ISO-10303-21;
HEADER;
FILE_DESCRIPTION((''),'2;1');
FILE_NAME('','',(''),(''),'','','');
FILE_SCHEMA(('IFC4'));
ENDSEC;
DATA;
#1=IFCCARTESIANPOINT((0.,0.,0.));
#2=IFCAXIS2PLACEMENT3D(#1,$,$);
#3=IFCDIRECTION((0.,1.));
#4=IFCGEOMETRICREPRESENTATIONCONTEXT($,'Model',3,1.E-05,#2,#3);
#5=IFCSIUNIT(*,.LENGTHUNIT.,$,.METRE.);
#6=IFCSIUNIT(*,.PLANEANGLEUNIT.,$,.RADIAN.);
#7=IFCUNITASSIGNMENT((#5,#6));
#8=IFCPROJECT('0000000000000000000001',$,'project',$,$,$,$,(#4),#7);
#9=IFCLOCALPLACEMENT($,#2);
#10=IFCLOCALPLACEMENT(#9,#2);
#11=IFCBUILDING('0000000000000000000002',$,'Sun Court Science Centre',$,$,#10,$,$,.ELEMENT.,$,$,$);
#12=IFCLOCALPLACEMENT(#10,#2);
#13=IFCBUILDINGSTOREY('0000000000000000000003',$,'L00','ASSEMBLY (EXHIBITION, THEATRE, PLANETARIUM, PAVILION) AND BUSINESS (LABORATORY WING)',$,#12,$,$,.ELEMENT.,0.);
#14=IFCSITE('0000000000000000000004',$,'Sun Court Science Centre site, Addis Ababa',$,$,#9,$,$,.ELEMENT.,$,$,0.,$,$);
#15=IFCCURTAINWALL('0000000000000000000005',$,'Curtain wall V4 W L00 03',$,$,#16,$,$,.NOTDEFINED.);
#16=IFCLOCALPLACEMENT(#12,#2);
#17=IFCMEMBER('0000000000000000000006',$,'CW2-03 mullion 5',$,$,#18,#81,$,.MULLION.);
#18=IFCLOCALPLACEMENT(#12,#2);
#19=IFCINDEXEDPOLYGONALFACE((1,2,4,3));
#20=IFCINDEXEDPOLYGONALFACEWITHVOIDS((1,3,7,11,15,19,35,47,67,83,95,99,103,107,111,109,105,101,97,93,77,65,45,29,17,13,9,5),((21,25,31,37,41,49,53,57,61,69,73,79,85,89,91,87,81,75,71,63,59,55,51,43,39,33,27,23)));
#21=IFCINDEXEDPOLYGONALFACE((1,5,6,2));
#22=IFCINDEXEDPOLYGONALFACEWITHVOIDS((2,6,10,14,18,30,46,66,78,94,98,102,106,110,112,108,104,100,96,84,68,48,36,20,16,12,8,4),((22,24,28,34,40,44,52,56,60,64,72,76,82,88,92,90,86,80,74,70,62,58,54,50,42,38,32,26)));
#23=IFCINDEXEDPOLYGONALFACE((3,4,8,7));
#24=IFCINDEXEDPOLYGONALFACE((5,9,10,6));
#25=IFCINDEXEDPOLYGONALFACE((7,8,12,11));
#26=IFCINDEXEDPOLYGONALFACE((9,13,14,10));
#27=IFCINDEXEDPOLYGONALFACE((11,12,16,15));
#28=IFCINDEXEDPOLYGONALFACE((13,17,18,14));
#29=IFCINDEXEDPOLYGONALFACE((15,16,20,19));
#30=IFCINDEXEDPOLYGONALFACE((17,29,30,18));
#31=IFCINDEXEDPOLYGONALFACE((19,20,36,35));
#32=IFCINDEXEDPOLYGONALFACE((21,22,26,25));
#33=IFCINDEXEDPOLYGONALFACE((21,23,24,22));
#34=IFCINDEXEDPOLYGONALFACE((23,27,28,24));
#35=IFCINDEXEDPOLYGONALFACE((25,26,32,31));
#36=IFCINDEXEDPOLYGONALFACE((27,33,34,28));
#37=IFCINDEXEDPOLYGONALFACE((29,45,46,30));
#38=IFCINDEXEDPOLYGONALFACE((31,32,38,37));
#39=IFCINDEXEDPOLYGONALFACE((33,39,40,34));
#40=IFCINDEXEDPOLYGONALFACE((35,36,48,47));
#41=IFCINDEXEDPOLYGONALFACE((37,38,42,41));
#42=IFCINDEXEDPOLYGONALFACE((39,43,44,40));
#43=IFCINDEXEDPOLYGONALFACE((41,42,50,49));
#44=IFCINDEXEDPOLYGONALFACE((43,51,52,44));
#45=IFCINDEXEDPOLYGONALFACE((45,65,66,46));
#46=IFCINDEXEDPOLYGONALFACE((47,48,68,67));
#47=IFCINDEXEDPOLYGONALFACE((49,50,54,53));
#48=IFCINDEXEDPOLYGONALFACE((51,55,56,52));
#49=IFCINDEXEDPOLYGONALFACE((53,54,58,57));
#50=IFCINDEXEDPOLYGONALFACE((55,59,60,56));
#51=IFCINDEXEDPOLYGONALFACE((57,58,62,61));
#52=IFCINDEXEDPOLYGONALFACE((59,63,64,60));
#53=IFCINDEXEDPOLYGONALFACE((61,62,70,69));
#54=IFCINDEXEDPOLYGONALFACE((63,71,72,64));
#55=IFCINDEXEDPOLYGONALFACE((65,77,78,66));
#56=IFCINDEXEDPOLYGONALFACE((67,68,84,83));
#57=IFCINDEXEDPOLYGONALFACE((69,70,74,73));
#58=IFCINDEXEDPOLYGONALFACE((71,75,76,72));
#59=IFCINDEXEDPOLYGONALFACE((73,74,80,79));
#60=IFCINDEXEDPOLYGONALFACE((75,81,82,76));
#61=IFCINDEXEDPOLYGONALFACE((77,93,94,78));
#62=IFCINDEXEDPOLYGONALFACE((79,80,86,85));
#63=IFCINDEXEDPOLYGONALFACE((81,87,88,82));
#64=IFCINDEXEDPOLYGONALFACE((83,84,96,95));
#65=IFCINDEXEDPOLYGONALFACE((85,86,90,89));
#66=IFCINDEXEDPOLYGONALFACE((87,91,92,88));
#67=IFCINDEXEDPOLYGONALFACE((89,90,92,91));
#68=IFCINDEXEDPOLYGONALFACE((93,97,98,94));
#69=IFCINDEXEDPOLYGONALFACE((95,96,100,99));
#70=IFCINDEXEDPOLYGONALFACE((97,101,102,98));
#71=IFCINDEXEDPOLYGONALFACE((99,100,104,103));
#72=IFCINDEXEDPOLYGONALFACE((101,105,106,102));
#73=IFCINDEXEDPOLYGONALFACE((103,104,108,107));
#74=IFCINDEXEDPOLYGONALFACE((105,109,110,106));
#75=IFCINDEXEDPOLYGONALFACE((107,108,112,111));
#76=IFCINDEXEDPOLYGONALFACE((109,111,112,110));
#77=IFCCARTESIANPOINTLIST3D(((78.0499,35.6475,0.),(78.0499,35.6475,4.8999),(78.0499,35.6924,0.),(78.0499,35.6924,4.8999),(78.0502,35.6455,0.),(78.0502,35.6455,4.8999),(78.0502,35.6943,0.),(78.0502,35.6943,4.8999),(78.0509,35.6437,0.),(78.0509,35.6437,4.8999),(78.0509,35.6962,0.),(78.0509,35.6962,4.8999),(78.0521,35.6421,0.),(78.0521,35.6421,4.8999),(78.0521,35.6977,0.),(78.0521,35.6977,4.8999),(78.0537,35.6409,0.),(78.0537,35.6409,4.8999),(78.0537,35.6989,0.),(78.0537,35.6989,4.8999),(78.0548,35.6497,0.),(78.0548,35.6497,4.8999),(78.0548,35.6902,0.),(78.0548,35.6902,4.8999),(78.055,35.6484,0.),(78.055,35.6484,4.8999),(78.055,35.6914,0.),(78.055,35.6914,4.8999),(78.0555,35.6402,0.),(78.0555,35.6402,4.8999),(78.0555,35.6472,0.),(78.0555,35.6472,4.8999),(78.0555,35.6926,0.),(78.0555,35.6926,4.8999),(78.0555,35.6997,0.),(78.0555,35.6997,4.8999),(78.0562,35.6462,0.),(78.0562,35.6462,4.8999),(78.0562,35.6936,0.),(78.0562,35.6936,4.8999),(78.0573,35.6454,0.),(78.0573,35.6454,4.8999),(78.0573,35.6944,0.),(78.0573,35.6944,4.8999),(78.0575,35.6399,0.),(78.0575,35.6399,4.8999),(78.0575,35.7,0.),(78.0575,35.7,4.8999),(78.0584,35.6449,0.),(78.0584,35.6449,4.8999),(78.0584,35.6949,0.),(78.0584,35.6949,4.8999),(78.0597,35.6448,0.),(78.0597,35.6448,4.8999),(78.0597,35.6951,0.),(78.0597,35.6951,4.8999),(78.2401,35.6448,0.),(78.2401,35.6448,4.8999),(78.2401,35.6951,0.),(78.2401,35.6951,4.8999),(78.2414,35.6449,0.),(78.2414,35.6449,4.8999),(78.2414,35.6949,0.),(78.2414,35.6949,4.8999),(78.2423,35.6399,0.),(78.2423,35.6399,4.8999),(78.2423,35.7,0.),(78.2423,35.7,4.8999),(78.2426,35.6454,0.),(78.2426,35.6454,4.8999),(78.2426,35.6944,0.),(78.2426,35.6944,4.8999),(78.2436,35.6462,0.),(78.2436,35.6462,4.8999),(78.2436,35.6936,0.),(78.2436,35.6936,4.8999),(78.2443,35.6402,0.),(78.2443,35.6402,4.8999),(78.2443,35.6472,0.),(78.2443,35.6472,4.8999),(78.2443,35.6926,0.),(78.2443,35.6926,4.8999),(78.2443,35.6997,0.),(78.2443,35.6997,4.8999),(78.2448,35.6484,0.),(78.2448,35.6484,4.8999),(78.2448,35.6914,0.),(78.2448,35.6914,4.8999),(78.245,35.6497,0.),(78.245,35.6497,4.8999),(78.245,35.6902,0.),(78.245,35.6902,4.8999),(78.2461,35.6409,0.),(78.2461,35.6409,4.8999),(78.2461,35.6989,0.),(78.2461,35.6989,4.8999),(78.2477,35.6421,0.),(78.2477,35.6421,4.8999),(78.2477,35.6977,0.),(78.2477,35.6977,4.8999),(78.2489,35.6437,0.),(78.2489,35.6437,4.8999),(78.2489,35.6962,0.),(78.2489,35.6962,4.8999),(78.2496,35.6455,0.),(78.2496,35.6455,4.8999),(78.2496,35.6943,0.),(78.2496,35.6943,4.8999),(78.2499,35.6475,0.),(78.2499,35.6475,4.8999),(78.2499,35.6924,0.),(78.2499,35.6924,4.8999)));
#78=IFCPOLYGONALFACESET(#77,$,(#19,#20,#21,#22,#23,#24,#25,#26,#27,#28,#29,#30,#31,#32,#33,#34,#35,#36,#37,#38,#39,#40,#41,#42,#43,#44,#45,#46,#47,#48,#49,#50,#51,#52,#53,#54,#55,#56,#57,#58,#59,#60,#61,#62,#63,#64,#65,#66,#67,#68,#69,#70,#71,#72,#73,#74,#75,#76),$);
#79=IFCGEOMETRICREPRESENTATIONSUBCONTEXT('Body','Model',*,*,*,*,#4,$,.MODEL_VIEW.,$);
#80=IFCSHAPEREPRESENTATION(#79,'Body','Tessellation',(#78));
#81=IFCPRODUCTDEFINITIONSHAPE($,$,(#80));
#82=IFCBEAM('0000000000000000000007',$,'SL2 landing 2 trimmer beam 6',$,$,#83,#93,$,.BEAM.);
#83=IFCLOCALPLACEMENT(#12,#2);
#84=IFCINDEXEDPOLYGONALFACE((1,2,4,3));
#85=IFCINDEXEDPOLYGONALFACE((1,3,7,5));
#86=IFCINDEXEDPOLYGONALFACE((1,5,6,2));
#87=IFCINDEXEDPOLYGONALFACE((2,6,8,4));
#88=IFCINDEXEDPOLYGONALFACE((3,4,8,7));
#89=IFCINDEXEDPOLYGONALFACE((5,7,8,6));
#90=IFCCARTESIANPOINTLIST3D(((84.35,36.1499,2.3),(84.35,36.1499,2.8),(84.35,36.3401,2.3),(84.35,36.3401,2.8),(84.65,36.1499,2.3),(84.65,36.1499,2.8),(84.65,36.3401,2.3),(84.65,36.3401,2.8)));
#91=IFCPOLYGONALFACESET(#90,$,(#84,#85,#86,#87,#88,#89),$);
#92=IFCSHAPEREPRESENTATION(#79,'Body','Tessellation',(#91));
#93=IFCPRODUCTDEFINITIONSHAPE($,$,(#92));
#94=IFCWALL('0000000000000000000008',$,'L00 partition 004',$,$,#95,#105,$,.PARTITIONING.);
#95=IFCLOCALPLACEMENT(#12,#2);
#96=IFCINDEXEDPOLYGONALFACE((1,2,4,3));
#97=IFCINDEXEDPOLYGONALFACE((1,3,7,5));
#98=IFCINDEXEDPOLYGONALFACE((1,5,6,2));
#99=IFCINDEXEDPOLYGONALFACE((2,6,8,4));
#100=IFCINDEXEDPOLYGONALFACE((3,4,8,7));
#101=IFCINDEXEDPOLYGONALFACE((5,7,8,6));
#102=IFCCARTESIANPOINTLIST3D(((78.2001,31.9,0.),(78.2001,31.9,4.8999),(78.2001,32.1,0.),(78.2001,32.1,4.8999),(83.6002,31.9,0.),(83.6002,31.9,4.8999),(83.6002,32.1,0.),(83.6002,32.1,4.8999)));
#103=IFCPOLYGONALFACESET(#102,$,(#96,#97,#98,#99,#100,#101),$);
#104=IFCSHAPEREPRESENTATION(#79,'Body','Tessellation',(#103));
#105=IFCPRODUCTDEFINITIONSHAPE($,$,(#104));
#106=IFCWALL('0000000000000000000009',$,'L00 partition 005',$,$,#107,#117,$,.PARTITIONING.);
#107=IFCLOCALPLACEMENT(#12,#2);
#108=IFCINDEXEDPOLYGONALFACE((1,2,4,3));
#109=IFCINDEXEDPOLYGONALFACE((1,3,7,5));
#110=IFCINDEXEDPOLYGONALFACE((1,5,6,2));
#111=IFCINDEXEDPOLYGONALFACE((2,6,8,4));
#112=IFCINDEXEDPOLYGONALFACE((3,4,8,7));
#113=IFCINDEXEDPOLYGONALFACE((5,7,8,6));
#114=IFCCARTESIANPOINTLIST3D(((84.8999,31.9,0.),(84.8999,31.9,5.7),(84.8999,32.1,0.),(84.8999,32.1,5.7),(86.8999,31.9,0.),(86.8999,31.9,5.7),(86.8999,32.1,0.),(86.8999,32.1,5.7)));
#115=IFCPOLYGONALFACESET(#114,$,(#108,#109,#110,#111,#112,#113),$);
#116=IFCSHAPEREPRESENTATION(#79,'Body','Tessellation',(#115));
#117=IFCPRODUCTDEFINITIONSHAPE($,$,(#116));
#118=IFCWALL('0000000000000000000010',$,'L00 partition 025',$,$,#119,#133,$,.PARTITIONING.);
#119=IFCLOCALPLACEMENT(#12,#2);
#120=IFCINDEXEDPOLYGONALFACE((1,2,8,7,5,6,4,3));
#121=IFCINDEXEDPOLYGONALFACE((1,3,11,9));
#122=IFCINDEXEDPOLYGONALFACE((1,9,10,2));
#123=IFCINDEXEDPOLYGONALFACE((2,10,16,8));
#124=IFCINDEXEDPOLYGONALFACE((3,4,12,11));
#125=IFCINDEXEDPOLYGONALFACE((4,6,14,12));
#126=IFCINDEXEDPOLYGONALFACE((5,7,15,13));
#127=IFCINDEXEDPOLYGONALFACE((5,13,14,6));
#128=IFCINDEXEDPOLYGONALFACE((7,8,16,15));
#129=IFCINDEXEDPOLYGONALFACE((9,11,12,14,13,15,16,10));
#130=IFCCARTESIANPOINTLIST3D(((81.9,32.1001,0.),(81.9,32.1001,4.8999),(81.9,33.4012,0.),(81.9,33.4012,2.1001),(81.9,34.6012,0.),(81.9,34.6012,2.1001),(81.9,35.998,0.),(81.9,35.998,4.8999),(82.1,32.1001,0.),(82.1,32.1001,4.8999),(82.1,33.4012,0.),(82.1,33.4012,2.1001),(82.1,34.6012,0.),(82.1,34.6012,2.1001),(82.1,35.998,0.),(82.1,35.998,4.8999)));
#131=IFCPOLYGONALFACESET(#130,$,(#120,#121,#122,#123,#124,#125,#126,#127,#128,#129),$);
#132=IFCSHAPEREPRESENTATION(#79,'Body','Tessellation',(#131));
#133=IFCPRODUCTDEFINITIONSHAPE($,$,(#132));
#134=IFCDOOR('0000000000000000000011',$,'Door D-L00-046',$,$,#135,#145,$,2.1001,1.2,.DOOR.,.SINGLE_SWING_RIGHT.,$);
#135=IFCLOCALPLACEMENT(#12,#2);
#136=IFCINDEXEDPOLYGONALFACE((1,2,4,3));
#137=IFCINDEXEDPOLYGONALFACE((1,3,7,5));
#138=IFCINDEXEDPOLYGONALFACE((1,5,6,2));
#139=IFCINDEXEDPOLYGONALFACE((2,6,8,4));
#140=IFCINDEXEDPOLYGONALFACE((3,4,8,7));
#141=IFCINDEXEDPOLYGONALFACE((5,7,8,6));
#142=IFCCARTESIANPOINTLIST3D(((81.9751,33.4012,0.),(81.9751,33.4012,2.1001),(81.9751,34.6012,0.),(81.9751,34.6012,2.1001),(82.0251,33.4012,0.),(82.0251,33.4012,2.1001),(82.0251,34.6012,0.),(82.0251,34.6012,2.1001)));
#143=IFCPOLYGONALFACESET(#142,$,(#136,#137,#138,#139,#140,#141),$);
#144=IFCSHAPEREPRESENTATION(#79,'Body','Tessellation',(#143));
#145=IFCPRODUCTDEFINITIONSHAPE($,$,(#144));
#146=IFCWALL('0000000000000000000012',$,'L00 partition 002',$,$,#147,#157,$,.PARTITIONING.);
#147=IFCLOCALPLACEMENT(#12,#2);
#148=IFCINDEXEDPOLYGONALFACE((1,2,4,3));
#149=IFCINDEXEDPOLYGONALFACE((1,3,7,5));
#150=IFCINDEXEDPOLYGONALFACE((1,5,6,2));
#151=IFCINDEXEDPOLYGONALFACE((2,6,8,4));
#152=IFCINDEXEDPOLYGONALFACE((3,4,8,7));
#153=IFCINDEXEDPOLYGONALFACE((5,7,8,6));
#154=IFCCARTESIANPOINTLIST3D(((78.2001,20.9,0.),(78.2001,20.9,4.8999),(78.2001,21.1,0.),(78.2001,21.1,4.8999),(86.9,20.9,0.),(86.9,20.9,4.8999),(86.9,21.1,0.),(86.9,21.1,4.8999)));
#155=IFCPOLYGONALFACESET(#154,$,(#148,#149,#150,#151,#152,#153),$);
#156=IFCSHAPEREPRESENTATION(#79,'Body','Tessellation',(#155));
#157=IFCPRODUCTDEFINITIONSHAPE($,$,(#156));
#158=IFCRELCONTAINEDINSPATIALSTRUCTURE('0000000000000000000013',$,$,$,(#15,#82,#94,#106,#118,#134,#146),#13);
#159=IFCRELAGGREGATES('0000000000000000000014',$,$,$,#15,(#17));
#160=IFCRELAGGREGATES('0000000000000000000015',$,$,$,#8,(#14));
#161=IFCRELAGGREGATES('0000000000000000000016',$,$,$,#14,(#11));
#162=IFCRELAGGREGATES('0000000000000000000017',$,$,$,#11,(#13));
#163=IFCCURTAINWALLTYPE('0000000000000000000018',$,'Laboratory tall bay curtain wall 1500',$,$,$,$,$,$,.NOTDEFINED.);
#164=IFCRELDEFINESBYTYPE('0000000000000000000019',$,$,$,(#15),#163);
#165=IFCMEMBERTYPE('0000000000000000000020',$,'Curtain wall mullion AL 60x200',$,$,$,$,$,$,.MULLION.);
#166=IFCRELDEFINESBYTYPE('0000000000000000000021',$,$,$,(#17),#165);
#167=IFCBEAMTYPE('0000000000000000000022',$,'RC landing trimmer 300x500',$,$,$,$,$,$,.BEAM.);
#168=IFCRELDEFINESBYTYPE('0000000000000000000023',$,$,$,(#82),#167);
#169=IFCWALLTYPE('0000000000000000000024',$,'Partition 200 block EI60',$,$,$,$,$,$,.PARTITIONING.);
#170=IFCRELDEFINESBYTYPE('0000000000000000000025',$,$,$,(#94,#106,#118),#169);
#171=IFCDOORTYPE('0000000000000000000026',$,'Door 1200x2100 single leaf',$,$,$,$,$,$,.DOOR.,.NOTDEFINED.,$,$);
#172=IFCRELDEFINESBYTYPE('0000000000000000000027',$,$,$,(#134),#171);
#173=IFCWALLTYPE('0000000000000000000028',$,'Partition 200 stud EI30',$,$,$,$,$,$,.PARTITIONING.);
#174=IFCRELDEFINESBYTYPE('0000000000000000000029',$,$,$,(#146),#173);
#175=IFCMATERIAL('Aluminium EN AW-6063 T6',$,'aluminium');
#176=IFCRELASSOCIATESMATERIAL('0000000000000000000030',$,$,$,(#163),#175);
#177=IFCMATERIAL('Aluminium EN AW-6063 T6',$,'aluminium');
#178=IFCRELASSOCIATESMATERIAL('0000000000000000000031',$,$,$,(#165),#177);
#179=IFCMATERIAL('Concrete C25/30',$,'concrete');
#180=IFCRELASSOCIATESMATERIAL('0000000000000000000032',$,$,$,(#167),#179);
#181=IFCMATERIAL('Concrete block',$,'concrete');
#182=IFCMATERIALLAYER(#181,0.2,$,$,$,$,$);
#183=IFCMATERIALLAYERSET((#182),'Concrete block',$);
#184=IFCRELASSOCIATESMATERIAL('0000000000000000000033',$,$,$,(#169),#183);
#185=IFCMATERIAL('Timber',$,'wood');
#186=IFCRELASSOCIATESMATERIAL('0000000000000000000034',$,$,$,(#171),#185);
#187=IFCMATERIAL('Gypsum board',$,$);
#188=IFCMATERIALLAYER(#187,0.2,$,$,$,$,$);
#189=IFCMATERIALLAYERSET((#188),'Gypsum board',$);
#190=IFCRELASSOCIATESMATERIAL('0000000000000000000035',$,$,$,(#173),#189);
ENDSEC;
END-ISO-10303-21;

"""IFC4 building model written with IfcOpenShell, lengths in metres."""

from ifc_helpers import new_model, si_unit, direction, frame, frame_2d, origin, origin_2d, place, context, subcontext, project, spatial, rectangle, hollow_rectangle, extrude, material, layer, layer_set, material_profile, profile_set, type_object, element, fill, aggregate, save


model = new_model("IFC4")

# Units and contexts
model_context = context("Model", 3, precision=1e-05, world=origin(), true_north=direction((0.0, 1.0)))
body_context = subcontext(model_context, "Body", "Model", "MODEL_VIEW")
ifc_project = project(units=[si_unit("LENGTHUNIT", "METRE"), si_unit("PLANEANGLEUNIT", "RADIAN")], contexts=[model_context])

# Site, building, storey
site_placement = place(None, origin())
site = spatial("IfcSite", under=ifc_project, at=site_placement, Name="Sun Court Science Centre site, Addis Ababa", CompositionType="ELEMENT", RefElevation=0.0)
building_placement = place(site_placement, origin())
building = spatial("IfcBuilding", under=site, at=building_placement, Name="Sun Court Science Centre", CompositionType="ELEMENT")
storey_placement = place(building_placement, origin())
storey = spatial("IfcBuildingStorey", under=building, at=storey_placement, Name="L00", Description="ASSEMBLY (EXHIBITION, THEATRE, PLANETARIUM, PAVILION) AND BUSINESS (LABORATORY WING)", CompositionType="ELEMENT", Elevation=0.0)

# Curtain wall, member
ifc_material_1 = material(Name="Aluminium EN AW-6063 T6", Category="aluminium")
curtain_wall_type = type_object("IfcCurtainWallType", Name="Laboratory tall bay curtain wall 1500", PredefinedType="NOTDEFINED", material=ifc_material_1)
curtain_wall_placement = place(storey_placement, origin())
curtain_wall = element("IfcCurtainWall", 1, at=curtain_wall_placement, inside=storey, type_object=curtain_wall_type, Name="Curtain wall V4 W L00 03", PredefinedType="NOTDEFINED")
ifc_material_2 = material(Name="Aluminium EN AW-6063 T6", Category="aluminium")
ifc_material_profile_1 = material_profile(ifc_material_2, hollow_rectangle(XDim=0.0601, YDim=0.2, WallThickness=0.0049, InnerFilletRadius=0.0049, OuterFilletRadius=0.0076, at=origin_2d()), Name="AL 60x200x5")
ifc_profile_set_1 = profile_set([ifc_material_profile_1], Name="Aluminium EN AW-6063 T6")
member_type = type_object("IfcMemberType", Name="Curtain wall mullion AL 60x200", PredefinedType="MULLION", material=ifc_profile_set_1)
member_placement = place(storey_placement, frame((78.1499, 35.6699, 0.0), z_axis=(0.0, 0.0, 1.0), x_axis=(0.0, 1.0, 0.0)))
member = element("IfcMember", 2, at=member_placement, type_object=member_type, Name="CW2-03 mullion 5", PredefinedType="MULLION", context=body_context, shape_type="SweptSolid", body=[
    extrude(hollow_rectangle(XDim=0.0601, YDim=0.2, WallThickness=0.0049, InnerFilletRadius=0.0049, OuterFilletRadius=0.0076, at=origin_2d()), origin(), (0.0, 0.0, 1.0), 4.8999),
])
aggregate(curtain_wall, [member])

# Beam
ifc_material_3 = material(Name="Concrete C25/30", Category="concrete")
ifc_material_profile_2 = material_profile(ifc_material_3, rectangle(XDim=0.3, YDim=0.5, at=origin_2d()), Name="RC 300x500")
ifc_profile_set_2 = profile_set([ifc_material_profile_2], Name="Concrete C25/30")
beam_type = type_object("IfcBeamType", Name="RC landing trimmer 300x500", PredefinedType="BEAM", material=ifc_profile_set_2)
beam_placement = place(storey_placement, frame((84.5, 36.1499, 2.55), z_axis=(0.0, 1.0, 0.0), x_axis=(-1.0, 0.0, 0.0)))
element("IfcBeam", 3, at=beam_placement, inside=storey, type_object=beam_type, Name="SL2 landing 2 trimmer beam 6", PredefinedType="BEAM", context=body_context, shape_type="SweptSolid", body=[
    extrude(rectangle(XDim=0.3, YDim=0.5, at=origin_2d()), origin(), (0.0, 0.0, 1.0), 0.1902),
])

# Walls
ifc_material_4 = material(Name="Concrete block", Category="concrete")
ifc_layer_1 = layer(ifc_material_4, 0.2)
ifc_layer_set_1 = layer_set([ifc_layer_1], Name="Concrete block")
wall_type_1 = type_object("IfcWallType", Name="Partition 200 block EI60", PredefinedType="PARTITIONING", material=ifc_layer_set_1)
wall_1_placement = place(storey_placement, frame((78.2, 32.0, 0.0), z_axis=(0.0, 0.0, 1.0), x_axis=(1.0, 0.0, 0.0)))
element("IfcWall", 4, at=wall_1_placement, inside=storey, type_object=wall_type_1, Name="L00 partition 004", PredefinedType="PARTITIONING", context=body_context, shape_type="SweptSolid", body=[
    extrude(rectangle(XDim=5.4001, YDim=0.2, at=frame_2d((2.7002, 0.0))), origin(), (0.0, 0.0, 1.0), 4.8999),
])
wall_2_placement = place(storey_placement, frame((84.8999, 32.0, 0.0), z_axis=(0.0, 0.0, 1.0), x_axis=(1.0, 0.0, 0.0)))
element("IfcWall", 5, at=wall_2_placement, inside=storey, type_object=wall_type_1, Name="L00 partition 005", PredefinedType="PARTITIONING", context=body_context, shape_type="SweptSolid", body=[
    extrude(rectangle(XDim=2.0, YDim=0.2, at=frame_2d((1.0, 0.0))), origin(), (0.0, 0.0, 1.0), 5.7),
])

# Wall, opening, door
wall_3_placement = place(storey_placement, frame((82.0, 32.1001, 0.0), z_axis=(0.0, 0.0, 1.0), x_axis=(0.0, 1.0, 0.0)))
wall_3 = element("IfcWall", 6, at=wall_3_placement, inside=storey, type_object=wall_type_1, Name="L00 partition 025", PredefinedType="PARTITIONING", context=body_context, shape_type="SweptSolid", body=[
    extrude(rectangle(XDim=3.8979, YDim=0.2, at=frame_2d((1.949, 0.0))), origin(), (0.0, 0.0, 1.0), 4.8999),
])
opening_1_placement = place(wall_3_placement, frame((1.301, 0.0, 0.0)))
opening_1 = element("IfcOpeningElement", 7, at=opening_1_placement, cuts=wall_3, PredefinedType="OPENING", context=body_context, shape_type="SweptSolid", body=[
    extrude(rectangle(XDim=1.2, YDim=2.1001, at=frame_2d((0.6001, 1.05))), frame((0.0, 0.1099, 0.0), z_axis=(0.0, -1.0, 0.0), x_axis=(1.0, 0.0, 0.0)), (0.0, 0.0, 1.0), 0.22),
])
ifc_material_5 = material(Name="Timber", Category="wood")
door_type_1 = type_object("IfcDoorType", Name="Door 1200x2100 single leaf", OperationType="NOTDEFINED", PredefinedType="DOOR", material=ifc_material_5)
door_1_placement = place(opening_1_placement, origin())
door_1 = element("IfcDoor", 8, at=door_1_placement, inside=storey, type_object=door_type_1, Name="Door D-L00-046", OperationType="SINGLE_SWING_RIGHT", OverallHeight=2.1001, OverallWidth=1.2, PredefinedType="DOOR", context=body_context, shape_type="SweptSolid", body=[
    extrude(rectangle(XDim=1.2, YDim=2.1001, at=frame_2d((0.6001, 1.05))), frame((0.0, 0.0249, 0.0), z_axis=(0.0, -1.0, 0.0), x_axis=(1.0, 0.0, 0.0)), (0.0, 0.0, 1.0), 0.05),
])
fill(opening_1, door_1)

# Wall
ifc_material_6 = material(Name="Gypsum board")
ifc_layer_2 = layer(ifc_material_6, 0.2)
ifc_layer_set_2 = layer_set([ifc_layer_2], Name="Gypsum board")
wall_type_2 = type_object("IfcWallType", Name="Partition 200 stud EI30", PredefinedType="PARTITIONING", material=ifc_layer_set_2)
wall_4_placement = place(storey_placement, frame((78.2, 21.0, 0.0), z_axis=(0.0, 0.0, 1.0), x_axis=(1.0, 0.0, 0.0)))
element("IfcWall", 9, at=wall_4_placement, inside=storey, type_object=wall_type_2, Name="L00 partition 002", PredefinedType="PARTITIONING", context=body_context, shape_type="SweptSolid", body=[
    extrude(rectangle(XDim=8.7, YDim=0.2, at=frame_2d((4.3501, 0.0))), origin(), (0.0, 0.0, 1.0), 4.8999),
])

save(model, "model.ifc")
